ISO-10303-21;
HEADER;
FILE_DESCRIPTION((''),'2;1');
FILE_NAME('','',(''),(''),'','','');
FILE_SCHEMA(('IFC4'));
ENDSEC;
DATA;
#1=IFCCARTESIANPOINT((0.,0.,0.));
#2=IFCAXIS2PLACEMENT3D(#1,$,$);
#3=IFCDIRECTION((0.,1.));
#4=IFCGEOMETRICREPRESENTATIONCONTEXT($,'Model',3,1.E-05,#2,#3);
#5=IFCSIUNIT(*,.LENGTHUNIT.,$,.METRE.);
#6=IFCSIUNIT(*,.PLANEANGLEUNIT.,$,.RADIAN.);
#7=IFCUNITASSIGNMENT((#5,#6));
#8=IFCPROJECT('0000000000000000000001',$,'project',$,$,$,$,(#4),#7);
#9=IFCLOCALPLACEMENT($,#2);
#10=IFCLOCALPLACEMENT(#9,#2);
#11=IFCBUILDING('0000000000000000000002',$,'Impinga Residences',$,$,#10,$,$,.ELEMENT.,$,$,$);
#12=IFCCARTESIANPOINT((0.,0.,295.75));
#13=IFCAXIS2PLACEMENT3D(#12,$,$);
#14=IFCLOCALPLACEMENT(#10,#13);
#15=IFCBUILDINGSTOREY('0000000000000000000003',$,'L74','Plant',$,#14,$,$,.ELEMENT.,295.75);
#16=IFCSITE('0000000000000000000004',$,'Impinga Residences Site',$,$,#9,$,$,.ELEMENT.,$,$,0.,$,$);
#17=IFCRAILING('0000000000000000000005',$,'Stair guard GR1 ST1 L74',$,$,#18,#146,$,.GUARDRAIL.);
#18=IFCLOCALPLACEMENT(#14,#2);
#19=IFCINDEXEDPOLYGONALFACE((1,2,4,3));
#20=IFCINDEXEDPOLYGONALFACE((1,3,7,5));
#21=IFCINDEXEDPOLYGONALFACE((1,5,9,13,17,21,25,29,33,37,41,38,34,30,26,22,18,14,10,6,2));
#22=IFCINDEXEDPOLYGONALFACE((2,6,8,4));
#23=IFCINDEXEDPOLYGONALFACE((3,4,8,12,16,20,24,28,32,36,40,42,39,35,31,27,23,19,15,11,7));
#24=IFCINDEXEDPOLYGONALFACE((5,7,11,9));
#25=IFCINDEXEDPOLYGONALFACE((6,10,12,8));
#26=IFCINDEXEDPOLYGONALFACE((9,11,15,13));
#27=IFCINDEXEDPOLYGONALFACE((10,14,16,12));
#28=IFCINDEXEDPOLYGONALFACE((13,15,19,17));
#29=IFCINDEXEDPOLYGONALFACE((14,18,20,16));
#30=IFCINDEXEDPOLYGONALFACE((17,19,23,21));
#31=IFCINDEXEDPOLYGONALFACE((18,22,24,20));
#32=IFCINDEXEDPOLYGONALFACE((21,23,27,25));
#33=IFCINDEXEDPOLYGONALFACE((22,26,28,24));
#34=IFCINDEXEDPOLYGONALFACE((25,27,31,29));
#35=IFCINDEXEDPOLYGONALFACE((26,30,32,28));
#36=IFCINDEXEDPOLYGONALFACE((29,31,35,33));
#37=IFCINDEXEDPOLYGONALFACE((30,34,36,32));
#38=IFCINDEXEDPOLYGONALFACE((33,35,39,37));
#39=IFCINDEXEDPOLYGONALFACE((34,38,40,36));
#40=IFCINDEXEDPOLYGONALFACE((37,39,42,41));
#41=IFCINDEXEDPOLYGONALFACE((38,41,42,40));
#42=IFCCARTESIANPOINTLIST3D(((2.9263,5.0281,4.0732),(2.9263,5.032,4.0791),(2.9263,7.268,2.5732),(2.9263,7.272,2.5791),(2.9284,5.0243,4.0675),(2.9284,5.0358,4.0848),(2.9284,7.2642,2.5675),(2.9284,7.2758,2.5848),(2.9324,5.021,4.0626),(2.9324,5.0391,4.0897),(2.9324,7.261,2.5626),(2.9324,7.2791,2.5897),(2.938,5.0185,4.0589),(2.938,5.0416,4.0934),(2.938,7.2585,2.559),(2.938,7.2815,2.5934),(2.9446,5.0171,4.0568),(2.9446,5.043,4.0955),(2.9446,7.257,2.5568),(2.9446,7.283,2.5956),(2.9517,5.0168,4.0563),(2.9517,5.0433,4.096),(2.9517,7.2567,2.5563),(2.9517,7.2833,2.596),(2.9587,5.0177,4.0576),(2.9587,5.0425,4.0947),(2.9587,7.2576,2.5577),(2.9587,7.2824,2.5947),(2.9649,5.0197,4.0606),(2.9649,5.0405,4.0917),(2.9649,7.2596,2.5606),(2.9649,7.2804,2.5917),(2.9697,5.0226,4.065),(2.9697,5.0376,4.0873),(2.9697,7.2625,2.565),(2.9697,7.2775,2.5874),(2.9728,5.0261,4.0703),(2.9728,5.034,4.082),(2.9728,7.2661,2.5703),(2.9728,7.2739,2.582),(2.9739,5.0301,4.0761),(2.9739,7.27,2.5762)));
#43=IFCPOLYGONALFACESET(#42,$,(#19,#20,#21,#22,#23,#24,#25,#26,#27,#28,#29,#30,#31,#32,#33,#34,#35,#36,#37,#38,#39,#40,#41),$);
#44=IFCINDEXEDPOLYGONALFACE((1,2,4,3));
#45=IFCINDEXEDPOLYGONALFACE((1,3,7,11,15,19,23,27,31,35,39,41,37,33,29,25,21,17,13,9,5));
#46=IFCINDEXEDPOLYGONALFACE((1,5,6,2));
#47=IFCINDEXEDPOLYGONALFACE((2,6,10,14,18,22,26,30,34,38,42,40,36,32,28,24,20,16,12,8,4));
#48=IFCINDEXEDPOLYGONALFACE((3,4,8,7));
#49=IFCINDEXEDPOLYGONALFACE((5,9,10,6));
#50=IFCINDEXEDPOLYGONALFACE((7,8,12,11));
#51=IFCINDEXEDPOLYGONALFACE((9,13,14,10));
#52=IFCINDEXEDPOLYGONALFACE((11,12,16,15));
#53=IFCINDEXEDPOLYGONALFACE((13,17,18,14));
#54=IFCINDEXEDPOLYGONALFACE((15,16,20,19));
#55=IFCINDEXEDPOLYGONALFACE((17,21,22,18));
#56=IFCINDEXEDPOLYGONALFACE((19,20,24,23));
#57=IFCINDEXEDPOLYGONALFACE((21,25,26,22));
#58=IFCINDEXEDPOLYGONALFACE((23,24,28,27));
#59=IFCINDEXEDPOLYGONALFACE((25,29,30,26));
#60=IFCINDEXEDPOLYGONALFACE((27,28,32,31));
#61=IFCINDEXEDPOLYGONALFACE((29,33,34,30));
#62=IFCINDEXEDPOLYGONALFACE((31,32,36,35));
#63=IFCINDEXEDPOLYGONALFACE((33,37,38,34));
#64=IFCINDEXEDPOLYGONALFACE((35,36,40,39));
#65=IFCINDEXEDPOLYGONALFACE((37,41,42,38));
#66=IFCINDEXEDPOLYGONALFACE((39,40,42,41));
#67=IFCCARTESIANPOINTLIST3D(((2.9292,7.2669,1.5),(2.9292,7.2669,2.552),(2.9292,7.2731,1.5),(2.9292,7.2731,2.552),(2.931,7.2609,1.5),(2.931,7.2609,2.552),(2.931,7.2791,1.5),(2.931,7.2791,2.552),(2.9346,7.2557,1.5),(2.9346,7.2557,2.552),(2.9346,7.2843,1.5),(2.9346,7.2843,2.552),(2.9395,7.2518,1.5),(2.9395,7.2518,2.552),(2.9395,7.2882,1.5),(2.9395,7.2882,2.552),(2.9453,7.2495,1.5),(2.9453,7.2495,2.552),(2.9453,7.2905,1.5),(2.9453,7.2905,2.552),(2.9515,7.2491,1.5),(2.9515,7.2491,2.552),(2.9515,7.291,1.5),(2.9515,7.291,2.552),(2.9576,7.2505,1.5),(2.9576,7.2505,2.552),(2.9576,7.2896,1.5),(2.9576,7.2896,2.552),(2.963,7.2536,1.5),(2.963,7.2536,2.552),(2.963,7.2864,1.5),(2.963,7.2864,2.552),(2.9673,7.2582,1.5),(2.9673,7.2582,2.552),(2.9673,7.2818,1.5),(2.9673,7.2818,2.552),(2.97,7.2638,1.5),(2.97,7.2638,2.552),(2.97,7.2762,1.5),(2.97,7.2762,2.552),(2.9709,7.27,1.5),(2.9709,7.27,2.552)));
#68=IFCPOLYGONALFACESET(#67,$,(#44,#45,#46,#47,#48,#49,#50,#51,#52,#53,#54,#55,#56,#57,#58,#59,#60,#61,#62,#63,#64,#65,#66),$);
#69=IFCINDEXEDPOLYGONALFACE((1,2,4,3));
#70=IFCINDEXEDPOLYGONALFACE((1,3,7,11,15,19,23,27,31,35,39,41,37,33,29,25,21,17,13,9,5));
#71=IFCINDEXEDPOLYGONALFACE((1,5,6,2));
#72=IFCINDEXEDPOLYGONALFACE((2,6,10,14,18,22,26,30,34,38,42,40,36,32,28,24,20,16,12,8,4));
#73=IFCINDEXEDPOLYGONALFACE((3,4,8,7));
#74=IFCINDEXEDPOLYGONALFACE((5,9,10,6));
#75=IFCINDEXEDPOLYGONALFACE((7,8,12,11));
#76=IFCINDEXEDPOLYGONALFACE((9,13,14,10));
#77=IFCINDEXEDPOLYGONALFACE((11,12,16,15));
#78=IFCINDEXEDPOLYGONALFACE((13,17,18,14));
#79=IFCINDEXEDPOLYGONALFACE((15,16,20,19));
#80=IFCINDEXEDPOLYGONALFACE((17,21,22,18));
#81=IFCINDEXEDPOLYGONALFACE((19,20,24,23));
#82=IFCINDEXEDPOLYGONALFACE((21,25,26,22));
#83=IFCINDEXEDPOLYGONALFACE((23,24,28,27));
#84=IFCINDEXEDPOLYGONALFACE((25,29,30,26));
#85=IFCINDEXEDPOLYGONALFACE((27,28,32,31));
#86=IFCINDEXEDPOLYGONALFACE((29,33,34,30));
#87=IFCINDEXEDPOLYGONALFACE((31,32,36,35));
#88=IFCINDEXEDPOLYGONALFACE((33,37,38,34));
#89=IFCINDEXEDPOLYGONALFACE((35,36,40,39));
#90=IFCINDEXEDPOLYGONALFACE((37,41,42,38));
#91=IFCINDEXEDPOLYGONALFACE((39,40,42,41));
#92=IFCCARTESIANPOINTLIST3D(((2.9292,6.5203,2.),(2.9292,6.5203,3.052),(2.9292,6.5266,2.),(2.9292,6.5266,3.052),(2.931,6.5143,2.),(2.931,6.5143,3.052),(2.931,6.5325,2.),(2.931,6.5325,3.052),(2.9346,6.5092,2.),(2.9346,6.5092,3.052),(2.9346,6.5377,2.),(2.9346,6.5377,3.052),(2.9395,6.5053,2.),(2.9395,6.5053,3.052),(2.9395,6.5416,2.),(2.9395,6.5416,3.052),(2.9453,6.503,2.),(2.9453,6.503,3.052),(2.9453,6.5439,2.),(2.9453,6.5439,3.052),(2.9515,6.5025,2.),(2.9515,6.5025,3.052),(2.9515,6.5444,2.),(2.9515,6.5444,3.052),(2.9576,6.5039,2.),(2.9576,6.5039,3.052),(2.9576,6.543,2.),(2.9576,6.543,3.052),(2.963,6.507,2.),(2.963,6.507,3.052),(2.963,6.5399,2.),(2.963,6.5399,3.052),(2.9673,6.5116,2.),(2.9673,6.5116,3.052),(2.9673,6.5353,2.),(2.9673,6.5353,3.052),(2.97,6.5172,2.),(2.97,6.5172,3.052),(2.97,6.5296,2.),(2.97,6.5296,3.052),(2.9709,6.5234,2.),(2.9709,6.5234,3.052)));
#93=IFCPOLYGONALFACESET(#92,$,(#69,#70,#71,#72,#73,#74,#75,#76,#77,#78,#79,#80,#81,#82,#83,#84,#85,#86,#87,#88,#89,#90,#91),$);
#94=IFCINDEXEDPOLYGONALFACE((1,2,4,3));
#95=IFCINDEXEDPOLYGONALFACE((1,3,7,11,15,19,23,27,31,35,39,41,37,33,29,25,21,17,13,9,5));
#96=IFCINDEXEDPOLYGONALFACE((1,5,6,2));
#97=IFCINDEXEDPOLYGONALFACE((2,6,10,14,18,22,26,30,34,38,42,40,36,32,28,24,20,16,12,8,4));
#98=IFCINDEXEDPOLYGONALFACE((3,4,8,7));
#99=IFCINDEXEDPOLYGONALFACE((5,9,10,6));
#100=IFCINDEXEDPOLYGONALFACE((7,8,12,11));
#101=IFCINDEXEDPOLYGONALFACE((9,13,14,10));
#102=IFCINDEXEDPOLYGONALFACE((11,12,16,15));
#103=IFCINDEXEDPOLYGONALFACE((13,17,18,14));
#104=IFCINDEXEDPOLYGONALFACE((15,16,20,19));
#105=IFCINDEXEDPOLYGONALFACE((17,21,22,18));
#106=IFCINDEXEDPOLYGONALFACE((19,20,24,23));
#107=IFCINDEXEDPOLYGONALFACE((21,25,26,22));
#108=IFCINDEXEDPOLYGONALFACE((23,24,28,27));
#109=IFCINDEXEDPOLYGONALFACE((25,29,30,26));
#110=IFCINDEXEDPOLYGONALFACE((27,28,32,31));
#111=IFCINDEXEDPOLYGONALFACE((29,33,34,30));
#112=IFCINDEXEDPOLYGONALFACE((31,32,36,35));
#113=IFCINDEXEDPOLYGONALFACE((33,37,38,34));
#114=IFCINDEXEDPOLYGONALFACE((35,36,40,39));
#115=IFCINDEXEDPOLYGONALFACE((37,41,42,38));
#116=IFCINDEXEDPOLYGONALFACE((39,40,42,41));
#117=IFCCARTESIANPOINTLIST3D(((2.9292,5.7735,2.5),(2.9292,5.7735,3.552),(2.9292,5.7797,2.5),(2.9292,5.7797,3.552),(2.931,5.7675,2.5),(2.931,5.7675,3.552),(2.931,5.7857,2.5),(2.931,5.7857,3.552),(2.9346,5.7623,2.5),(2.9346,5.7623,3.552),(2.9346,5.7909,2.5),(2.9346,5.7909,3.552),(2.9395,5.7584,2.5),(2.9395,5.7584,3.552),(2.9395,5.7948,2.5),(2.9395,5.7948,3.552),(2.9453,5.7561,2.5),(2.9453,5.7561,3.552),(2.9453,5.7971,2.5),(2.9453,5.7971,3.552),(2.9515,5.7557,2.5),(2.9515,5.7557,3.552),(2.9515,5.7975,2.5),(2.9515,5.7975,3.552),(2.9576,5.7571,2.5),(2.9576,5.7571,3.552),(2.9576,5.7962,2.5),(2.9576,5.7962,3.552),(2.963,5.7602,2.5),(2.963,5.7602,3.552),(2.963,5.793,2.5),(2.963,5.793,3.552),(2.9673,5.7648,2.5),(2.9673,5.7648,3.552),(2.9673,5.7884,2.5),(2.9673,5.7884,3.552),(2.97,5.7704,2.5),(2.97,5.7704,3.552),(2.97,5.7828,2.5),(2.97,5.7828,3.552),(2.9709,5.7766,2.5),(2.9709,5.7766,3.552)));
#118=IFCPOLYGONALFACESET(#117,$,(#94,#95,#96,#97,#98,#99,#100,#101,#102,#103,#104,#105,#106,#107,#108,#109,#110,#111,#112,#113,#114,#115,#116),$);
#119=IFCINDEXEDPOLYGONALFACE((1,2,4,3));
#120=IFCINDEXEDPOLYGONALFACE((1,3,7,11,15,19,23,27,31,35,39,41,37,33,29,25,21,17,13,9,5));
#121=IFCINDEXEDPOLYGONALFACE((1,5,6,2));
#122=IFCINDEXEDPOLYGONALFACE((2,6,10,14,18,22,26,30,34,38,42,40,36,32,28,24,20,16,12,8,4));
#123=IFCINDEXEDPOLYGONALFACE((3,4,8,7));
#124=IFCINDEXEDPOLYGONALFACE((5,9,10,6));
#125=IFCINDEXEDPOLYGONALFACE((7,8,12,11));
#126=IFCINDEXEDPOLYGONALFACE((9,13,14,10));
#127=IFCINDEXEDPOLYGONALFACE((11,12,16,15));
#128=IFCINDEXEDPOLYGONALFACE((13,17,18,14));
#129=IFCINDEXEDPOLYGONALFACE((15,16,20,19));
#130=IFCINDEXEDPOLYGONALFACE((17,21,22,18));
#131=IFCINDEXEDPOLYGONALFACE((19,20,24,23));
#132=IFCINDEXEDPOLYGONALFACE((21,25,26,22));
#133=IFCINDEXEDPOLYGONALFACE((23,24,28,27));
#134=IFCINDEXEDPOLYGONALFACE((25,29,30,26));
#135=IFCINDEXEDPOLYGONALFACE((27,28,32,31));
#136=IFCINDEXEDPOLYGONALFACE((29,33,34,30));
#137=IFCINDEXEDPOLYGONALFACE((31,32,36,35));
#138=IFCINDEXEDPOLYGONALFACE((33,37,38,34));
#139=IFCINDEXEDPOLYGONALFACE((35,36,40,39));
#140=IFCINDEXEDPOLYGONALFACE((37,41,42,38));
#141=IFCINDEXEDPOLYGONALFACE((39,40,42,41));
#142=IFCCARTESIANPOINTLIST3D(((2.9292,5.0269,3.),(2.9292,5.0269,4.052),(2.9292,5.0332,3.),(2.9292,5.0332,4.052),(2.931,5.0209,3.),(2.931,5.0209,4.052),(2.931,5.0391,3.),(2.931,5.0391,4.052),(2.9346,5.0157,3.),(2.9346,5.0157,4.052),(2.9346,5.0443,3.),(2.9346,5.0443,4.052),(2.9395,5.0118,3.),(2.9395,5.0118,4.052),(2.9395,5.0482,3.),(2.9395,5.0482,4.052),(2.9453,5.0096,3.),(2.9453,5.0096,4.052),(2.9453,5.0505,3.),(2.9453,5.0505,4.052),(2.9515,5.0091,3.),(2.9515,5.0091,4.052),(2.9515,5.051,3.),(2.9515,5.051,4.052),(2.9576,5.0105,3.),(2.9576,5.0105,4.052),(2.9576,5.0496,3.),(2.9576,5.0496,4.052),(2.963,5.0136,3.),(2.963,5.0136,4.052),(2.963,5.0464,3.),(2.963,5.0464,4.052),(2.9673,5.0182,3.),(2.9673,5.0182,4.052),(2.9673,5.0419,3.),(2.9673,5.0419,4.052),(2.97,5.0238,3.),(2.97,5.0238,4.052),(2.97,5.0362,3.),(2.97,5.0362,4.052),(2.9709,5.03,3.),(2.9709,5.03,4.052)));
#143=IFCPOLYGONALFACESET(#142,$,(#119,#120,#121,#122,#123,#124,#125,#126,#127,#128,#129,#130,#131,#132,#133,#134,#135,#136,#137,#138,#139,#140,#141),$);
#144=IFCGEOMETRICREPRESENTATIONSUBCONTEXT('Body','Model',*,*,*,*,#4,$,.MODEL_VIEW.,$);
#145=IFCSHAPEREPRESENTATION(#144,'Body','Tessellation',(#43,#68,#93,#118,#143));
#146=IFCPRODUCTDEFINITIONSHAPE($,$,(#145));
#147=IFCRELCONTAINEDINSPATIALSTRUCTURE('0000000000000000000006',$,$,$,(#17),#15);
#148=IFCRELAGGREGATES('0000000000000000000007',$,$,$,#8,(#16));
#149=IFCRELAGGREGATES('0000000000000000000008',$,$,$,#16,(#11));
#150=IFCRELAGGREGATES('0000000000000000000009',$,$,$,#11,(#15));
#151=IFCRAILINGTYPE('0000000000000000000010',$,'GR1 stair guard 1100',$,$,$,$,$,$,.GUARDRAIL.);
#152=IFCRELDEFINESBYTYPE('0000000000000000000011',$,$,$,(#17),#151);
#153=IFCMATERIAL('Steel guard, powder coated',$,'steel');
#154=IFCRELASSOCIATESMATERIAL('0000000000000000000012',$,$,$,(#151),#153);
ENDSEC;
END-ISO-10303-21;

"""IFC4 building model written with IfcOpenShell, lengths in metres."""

from ifc_helpers import new_model, si_unit, direction, frame, origin, origin_2d, place, context, subcontext, project, spatial, circle, extrude, material, type_object, element, save


model = new_model("IFC4")

# Units and contexts
model_context = context("Model", 3, precision=1e-05, world=origin(), true_north=direction((0.0, 1.0)))
body_context = subcontext(model_context, "Body", "Model", "MODEL_VIEW")
ifc_project = project(units=[si_unit("LENGTHUNIT", "METRE"), si_unit("PLANEANGLEUNIT", "RADIAN")], contexts=[model_context])

# Site, building, storey
site_placement = place(None, origin())
site = spatial("IfcSite", under=ifc_project, at=site_placement, Name="Impinga Residences Site", CompositionType="ELEMENT", RefElevation=0.0)
building_placement = place(site_placement, origin())
building = spatial("IfcBuilding", under=site, at=building_placement, Name="Impinga Residences", CompositionType="ELEMENT")
storey_placement = place(building_placement, frame((0.0, 0.0, 295.75)))
storey = spatial("IfcBuildingStorey", under=building, at=storey_placement, Name="L74", Description="Plant", CompositionType="ELEMENT", Elevation=295.75)

# Railing
ifc_material_1 = material(Name="Steel guard, powder coated", Category="steel")
railing_type_1 = type_object("IfcRailingType", Name="GR1 stair guard 1100", PredefinedType="GUARDRAIL", material=ifc_material_1)
for number, where, name in (
    (1, (2.95, 7.27, 1.5), "Stair guard GR1 ST1 L74"),
):
    element("IfcRailing", number, at=place(storey_placement, frame(where)), inside=storey, type_object=railing_type_1, Name=name, PredefinedType="GUARDRAIL", context=body_context, shape_type="SweptSolid", body=[
        extrude(circle(Radius=0.0239, at=origin_2d()), frame((0.0, 0.0, 1.0762), z_axis=(0.0, -0.830906, 0.556413), x_axis=(1.0, 0.0, 0.0)), (0.0, 0.0, 1.0), 2.6958),
        extrude(circle(Radius=0.021, at=origin_2d()), origin(), (0.0, 0.0, 1.0), 1.052),
        extrude(circle(Radius=0.021, at=origin_2d()), frame((0.0, -0.7466, 0.5)), (0.0, 0.0, 1.0), 1.052),
        extrude(circle(Radius=0.021, at=origin_2d()), frame((0.0, -1.4934, 1.0)), (0.0, 0.0, 1.0), 1.052),
        extrude(circle(Radius=0.021, at=origin_2d()), frame((0.0, -2.24, 1.5)), (0.0, 0.0, 1.0), 1.052),
    ])

save(model, "model.ifc")
